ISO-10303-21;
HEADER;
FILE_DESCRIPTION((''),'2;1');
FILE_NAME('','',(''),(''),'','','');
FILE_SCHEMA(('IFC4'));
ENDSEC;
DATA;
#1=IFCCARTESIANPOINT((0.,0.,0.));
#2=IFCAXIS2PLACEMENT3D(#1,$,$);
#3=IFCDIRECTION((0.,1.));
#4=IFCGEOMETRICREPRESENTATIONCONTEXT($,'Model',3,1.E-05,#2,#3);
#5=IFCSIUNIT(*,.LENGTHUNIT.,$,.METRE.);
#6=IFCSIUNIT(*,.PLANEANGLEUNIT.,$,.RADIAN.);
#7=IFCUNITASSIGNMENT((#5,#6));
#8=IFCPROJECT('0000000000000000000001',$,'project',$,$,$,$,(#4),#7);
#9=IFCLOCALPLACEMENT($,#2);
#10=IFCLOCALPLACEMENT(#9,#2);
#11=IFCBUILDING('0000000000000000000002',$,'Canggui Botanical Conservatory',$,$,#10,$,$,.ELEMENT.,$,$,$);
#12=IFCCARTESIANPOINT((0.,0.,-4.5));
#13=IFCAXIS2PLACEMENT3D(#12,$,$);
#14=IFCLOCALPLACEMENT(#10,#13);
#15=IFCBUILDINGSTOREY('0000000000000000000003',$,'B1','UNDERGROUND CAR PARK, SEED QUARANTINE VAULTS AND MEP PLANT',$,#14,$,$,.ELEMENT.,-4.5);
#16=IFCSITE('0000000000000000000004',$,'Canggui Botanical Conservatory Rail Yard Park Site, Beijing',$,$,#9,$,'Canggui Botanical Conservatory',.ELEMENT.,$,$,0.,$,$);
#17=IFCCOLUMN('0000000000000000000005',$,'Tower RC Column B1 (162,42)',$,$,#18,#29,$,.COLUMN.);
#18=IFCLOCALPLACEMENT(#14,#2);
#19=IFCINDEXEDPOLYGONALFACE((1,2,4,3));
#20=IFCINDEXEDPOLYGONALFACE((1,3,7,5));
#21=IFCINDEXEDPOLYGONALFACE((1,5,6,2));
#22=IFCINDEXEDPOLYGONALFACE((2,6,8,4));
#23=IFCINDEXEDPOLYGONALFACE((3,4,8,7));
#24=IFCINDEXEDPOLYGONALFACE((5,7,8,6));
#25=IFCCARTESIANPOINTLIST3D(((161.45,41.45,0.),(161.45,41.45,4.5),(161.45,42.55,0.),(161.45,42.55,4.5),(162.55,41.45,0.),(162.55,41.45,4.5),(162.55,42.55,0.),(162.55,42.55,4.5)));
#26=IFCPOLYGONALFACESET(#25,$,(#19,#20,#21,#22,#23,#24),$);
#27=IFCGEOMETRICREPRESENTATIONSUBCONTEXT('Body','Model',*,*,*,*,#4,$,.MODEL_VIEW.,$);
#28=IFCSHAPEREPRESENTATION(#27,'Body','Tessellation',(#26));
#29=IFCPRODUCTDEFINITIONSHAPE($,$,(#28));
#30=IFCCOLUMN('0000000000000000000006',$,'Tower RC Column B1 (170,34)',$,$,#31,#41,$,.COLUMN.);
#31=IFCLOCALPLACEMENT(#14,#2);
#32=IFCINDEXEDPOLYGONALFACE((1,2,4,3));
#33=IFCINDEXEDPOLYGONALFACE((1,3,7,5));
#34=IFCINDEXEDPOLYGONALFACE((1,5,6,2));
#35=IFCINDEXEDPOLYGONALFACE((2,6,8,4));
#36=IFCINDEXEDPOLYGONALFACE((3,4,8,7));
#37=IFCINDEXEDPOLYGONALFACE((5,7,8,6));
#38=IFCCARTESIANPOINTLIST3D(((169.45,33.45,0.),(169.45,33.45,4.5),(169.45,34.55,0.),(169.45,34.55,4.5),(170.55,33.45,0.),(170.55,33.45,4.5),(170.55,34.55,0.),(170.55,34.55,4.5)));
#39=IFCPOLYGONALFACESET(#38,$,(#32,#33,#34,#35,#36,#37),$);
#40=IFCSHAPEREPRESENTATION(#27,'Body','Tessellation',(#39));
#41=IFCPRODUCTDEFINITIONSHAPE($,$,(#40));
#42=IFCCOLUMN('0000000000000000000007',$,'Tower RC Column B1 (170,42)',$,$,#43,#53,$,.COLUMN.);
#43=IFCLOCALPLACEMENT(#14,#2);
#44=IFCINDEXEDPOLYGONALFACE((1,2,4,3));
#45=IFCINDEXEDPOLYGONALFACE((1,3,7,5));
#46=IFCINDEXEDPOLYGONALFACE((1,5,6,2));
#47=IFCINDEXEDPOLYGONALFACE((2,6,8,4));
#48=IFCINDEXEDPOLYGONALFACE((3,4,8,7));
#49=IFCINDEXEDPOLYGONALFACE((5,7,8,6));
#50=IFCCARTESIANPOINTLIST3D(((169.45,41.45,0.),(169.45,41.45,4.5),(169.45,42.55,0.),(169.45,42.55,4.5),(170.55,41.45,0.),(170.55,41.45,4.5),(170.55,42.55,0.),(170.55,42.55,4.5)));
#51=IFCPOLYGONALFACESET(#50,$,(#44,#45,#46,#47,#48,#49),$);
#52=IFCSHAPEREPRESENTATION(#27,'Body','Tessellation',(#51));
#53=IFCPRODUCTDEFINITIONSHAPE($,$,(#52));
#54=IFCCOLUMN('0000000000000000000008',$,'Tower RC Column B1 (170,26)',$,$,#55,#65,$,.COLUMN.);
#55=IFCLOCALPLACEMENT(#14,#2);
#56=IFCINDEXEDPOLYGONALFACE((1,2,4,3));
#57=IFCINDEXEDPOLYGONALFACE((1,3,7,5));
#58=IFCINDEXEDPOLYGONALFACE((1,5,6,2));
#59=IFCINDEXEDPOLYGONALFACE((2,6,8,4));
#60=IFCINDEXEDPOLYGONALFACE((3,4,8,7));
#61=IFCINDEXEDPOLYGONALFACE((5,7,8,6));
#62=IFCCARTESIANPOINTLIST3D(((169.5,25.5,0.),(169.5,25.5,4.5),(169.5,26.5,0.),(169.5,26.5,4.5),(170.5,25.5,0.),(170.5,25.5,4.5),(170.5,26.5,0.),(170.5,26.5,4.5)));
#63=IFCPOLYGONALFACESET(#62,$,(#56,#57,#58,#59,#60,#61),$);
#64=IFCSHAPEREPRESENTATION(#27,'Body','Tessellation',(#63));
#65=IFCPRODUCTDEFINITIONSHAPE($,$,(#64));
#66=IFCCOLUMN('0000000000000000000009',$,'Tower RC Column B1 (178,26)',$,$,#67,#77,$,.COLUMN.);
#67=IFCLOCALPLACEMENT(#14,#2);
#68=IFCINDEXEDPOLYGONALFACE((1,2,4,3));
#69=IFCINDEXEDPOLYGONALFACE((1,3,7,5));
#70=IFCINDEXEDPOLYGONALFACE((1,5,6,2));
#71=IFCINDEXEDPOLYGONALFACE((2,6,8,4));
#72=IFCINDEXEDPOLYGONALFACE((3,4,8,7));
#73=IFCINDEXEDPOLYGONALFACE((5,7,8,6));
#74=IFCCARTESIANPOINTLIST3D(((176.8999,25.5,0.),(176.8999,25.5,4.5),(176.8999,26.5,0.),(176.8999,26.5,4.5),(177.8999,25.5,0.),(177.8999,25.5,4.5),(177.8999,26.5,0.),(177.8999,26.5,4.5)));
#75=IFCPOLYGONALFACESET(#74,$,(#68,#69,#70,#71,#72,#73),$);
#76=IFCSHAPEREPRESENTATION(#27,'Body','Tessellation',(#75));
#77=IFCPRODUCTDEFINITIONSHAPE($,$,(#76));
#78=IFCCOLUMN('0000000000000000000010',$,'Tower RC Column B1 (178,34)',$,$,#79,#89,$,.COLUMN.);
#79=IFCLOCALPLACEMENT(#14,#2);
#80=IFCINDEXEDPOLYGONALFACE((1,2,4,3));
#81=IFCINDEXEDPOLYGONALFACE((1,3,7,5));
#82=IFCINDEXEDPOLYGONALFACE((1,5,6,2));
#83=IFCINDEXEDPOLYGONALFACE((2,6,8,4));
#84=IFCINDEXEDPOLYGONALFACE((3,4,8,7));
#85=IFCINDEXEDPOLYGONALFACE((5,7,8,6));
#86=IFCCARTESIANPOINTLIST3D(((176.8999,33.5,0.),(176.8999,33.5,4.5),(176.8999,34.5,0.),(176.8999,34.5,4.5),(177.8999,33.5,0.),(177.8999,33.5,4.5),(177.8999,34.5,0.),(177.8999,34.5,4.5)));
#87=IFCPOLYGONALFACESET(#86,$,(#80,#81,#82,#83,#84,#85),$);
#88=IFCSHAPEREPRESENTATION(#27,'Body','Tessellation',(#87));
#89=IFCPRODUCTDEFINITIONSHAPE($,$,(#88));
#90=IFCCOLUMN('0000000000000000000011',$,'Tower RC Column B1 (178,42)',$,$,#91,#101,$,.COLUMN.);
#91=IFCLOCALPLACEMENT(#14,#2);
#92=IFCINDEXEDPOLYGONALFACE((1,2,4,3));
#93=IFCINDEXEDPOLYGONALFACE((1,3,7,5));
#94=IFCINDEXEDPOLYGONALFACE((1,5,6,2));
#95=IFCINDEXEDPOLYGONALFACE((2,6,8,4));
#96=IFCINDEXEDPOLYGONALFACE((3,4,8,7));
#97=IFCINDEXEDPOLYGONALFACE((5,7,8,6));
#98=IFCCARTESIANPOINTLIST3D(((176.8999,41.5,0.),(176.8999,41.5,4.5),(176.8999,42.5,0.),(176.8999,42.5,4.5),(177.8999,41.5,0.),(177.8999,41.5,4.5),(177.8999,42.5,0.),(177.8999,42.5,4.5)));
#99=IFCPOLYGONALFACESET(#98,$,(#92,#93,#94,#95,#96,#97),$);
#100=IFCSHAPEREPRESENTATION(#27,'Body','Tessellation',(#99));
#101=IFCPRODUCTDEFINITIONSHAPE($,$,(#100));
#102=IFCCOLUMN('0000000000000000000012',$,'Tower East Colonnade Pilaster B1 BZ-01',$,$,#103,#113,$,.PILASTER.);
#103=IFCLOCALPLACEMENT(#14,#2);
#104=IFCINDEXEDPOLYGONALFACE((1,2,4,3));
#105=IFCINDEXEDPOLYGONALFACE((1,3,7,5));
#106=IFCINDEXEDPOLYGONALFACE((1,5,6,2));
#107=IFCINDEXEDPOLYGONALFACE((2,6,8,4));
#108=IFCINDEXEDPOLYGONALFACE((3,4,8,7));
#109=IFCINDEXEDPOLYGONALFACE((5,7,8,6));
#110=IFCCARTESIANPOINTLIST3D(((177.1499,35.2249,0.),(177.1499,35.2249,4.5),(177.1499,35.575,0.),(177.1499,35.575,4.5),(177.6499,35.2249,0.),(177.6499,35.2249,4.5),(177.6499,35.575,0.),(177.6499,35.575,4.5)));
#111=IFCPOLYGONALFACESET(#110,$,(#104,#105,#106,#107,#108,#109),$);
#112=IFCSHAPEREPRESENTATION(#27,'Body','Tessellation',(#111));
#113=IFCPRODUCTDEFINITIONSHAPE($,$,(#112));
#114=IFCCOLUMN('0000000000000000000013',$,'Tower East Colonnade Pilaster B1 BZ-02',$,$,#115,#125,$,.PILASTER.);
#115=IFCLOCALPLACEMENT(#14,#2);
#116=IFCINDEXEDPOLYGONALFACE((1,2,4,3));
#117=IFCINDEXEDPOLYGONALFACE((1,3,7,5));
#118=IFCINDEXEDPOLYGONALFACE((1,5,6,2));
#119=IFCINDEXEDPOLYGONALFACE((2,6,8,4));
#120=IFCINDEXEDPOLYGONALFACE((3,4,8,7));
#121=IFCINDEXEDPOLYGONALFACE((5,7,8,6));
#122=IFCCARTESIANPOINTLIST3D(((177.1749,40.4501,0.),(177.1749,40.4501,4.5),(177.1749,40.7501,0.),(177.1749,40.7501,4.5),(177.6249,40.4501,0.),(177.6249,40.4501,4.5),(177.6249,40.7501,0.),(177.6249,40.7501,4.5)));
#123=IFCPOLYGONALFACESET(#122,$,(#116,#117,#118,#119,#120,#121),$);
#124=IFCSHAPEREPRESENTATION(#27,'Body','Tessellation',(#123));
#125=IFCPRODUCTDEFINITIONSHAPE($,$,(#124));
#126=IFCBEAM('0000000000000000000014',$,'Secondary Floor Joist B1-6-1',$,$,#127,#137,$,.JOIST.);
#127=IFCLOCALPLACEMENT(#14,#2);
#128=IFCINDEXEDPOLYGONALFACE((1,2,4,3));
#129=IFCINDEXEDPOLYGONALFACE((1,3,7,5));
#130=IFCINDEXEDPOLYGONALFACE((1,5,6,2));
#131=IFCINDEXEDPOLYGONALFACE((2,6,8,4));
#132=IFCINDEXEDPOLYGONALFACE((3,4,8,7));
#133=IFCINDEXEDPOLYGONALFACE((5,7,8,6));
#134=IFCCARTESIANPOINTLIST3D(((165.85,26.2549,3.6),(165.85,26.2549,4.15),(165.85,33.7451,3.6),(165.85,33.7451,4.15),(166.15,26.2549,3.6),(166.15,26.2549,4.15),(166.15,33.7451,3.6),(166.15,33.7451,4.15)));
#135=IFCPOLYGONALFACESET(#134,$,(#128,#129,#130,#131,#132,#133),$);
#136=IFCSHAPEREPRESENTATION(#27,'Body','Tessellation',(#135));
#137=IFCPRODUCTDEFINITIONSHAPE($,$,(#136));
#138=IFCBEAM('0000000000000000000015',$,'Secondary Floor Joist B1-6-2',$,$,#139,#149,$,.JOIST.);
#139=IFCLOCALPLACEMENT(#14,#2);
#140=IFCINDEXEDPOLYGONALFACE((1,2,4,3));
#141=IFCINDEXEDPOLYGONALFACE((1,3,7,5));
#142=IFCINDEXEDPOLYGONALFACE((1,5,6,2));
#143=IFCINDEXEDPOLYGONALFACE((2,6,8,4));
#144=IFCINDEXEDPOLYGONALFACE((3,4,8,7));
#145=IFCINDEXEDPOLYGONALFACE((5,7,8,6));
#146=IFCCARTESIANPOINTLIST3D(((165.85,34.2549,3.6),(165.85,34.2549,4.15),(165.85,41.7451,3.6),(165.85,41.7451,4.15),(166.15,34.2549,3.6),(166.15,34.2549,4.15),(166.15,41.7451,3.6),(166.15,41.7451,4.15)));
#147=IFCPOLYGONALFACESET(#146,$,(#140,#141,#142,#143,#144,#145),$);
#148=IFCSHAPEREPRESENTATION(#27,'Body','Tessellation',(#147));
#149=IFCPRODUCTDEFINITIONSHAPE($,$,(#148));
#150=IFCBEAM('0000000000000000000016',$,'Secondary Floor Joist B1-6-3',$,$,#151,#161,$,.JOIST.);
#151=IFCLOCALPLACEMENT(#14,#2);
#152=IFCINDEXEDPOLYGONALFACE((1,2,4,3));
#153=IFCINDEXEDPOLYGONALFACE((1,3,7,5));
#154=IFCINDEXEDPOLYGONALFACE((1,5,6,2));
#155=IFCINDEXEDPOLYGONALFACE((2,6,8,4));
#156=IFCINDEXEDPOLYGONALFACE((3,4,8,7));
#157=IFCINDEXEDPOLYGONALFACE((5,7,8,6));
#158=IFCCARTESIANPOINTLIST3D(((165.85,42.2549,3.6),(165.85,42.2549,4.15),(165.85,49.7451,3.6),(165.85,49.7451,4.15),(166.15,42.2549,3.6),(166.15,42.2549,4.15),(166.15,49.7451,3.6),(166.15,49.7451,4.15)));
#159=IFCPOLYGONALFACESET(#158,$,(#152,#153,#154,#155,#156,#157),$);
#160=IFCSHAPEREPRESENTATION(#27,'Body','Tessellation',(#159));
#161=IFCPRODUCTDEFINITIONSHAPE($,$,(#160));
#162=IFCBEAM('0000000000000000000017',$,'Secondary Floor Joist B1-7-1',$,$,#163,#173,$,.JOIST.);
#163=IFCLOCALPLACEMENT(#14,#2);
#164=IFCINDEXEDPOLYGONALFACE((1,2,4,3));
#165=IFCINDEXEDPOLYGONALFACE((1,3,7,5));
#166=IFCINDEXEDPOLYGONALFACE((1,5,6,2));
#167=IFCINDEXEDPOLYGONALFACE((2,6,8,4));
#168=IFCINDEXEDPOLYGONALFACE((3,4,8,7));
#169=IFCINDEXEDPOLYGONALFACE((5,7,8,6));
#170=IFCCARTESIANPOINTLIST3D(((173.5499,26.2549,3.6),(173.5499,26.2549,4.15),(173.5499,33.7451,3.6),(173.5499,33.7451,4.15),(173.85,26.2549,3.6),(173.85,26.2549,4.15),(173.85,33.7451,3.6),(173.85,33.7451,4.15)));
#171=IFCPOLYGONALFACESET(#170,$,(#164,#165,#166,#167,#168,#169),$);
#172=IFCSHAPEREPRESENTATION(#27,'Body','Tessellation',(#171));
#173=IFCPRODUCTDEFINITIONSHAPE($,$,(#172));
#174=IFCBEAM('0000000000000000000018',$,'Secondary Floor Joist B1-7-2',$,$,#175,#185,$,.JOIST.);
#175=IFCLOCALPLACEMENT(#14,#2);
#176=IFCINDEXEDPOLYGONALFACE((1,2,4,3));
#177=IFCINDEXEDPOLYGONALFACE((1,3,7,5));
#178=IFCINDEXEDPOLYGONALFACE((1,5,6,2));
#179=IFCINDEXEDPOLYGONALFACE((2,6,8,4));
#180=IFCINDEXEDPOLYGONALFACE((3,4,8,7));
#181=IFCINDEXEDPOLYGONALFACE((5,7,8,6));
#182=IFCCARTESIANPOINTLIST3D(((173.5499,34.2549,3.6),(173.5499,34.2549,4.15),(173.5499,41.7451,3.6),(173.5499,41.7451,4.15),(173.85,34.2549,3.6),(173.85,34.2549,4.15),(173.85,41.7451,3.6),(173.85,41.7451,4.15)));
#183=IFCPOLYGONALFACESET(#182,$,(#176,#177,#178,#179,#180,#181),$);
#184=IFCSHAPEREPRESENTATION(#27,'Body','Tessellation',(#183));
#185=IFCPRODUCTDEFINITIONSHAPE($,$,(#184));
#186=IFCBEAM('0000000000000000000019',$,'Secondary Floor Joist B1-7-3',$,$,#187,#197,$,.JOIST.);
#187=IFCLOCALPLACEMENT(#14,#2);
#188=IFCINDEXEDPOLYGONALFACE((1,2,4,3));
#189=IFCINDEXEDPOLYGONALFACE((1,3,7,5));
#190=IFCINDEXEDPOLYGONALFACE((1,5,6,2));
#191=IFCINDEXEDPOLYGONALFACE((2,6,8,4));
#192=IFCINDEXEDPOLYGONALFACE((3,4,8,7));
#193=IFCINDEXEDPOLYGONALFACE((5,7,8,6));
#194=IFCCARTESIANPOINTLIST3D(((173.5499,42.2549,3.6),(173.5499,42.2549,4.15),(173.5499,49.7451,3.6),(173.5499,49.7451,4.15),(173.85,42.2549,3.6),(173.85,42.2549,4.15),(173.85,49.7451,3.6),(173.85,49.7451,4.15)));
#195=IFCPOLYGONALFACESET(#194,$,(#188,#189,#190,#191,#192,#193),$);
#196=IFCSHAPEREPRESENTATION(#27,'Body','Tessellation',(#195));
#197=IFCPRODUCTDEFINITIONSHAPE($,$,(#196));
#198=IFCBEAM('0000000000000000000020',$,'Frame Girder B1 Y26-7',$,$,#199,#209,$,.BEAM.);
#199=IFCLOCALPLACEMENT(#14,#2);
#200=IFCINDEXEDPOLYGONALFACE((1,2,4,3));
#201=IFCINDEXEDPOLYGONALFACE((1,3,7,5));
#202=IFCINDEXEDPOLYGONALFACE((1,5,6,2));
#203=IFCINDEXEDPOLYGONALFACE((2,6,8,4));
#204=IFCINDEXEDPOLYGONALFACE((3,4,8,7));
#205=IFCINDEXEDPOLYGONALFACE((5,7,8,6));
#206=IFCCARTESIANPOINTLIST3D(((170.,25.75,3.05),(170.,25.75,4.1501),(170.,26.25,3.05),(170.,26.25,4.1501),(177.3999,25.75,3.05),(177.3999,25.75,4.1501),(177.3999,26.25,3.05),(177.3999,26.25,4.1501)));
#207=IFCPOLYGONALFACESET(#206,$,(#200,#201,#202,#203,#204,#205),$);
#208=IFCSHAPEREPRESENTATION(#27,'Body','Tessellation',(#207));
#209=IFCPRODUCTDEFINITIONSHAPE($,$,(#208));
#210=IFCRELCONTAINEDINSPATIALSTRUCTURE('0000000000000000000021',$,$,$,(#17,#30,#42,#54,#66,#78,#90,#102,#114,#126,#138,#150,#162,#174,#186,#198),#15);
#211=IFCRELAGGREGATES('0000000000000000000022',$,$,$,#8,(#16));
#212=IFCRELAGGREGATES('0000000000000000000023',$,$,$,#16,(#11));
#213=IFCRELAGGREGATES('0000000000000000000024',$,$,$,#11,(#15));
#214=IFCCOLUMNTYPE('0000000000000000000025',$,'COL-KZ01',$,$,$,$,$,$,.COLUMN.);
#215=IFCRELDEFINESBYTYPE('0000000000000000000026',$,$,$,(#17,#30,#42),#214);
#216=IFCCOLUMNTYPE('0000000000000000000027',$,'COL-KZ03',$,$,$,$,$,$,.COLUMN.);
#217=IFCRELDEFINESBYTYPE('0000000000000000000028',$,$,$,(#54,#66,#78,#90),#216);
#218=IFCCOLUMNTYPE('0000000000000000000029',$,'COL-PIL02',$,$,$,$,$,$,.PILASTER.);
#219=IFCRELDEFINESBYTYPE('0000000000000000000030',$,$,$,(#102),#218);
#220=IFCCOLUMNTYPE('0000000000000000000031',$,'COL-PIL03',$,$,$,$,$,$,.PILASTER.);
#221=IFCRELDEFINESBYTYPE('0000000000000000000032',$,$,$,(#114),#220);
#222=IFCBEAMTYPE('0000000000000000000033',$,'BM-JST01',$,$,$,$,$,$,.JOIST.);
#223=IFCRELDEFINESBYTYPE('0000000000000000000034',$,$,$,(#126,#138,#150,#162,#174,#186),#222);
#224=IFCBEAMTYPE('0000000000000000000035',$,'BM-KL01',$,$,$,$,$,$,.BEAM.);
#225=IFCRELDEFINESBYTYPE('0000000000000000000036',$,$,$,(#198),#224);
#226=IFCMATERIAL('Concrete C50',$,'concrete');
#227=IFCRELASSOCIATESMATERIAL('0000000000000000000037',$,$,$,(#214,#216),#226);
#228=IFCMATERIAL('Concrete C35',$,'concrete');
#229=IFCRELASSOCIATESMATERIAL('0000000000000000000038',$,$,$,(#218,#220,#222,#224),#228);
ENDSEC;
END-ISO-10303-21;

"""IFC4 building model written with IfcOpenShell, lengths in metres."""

from ifc_helpers import new_model, si_unit, direction, frame, origin, origin_2d, place, context, subcontext, project, spatial, rectangle, extrude, material, material_profile, profile_set, type_object, element, save


model = new_model("IFC4")

# Units and contexts
model_context = context("Model", 3, precision=1e-05, world=origin(), true_north=direction((0.0, 1.0)))
body_context = subcontext(model_context, "Body", "Model", "MODEL_VIEW")
ifc_project = project(units=[si_unit("LENGTHUNIT", "METRE"), si_unit("PLANEANGLEUNIT", "RADIAN")], contexts=[model_context])

# Site, building, storey
site_placement = place(None, origin())
site = spatial("IfcSite", under=ifc_project, at=site_placement, Name="Canggui Botanical Conservatory Rail Yard Park Site, Beijing", LongName="Canggui Botanical Conservatory", CompositionType="ELEMENT", RefElevation=0.0)
building_placement = place(site_placement, origin())
building = spatial("IfcBuilding", under=site, at=building_placement, Name="Canggui Botanical Conservatory", CompositionType="ELEMENT")
storey_placement = place(building_placement, frame((0.0, 0.0, -4.5)))
storey = spatial("IfcBuildingStorey", under=building, at=storey_placement, Name="B1", Description="UNDERGROUND CAR PARK, SEED QUARANTINE VAULTS AND MEP PLANT", CompositionType="ELEMENT", Elevation=-4.5)

# Columns
ifc_material_1 = material(Name="Concrete C50", Category="concrete")
ifc_material_profile_1 = material_profile(ifc_material_1, rectangle(XDim=1.1001, YDim=1.1001, at=origin_2d()), Name="RC 1100x1100")
ifc_profile_set_1 = profile_set([ifc_material_profile_1], Name="Concrete C50")
column_type_1 = type_object("IfcColumnType", Name="COL-KZ01", PredefinedType="COLUMN", material=ifc_profile_set_1)
for number, where, z_axis, x_axis, name in (
    (1, (162.0, 42.0, 0.0), (0.0, 0.0, 1.0), (1.0, 0.0, 0.0), "Tower RC Column B1 (162,42)"),
    (2, (170.0, 34.0, 0.0), (0.0, 0.0, 1.0), (1.0, 0.0, 0.0), "Tower RC Column B1 (170,34)"),
    (3, (170.0, 42.0, 0.0), (0.0, 0.0, 1.0), (1.0, 0.0, 0.0), "Tower RC Column B1 (170,42)"),
):
    element("IfcColumn", number, at=place(storey_placement, frame(where, z_axis=z_axis, x_axis=x_axis)), inside=storey, type_object=column_type_1, Name=name, PredefinedType="COLUMN", context=body_context, shape_type="SweptSolid", body=[
        extrude(rectangle(XDim=1.1001, YDim=1.1001, at=origin_2d()), origin(), (0.0, 0.0, 1.0), 4.5),
    ])
ifc_material_profile_2 = material_profile(ifc_material_1, rectangle(XDim=1.0, YDim=1.0, at=origin_2d()), Name="RC 1000x1000")
ifc_profile_set_2 = profile_set([ifc_material_profile_2], Name="Concrete C50")
column_type_2 = type_object("IfcColumnType", Name="COL-KZ03", PredefinedType="COLUMN", material=ifc_profile_set_2)
for number, where, z_axis, x_axis, name in (
    (4, (170.0, 26.0, 0.0), (0.0, 0.0, 1.0), (1.0, 0.0, 0.0), "Tower RC Column B1 (170,26)"),
    (5, (177.3999, 26.0, 0.0), (0.0, 0.0, 1.0), (1.0, 0.0, 0.0), "Tower RC Column B1 (178,26)"),
    (6, (177.3999, 34.0, 0.0), (0.0, 0.0, 1.0), (1.0, 0.0, 0.0), "Tower RC Column B1 (178,34)"),
    (7, (177.3999, 42.0, 0.0), (0.0, 0.0, 1.0), (1.0, 0.0, 0.0), "Tower RC Column B1 (178,42)"),
):
    element("IfcColumn", number, at=place(storey_placement, frame(where, z_axis=z_axis, x_axis=x_axis)), inside=storey, type_object=column_type_2, Name=name, PredefinedType="COLUMN", context=body_context, shape_type="SweptSolid", body=[
        extrude(rectangle(XDim=1.0, YDim=1.0, at=origin_2d()), origin(), (0.0, 0.0, 1.0), 4.5),
    ])
ifc_material_2 = material(Name="Concrete C35", Category="concrete")
ifc_material_profile_3 = material_profile(ifc_material_2, rectangle(XDim=0.3501, YDim=0.5, at=origin_2d()), Name="RC 350x500")
ifc_profile_set_3 = profile_set([ifc_material_profile_3], Name="Concrete C35")
column_type_3 = type_object("IfcColumnType", Name="COL-PIL02", PredefinedType="PILASTER", material=ifc_profile_set_3)
column_1_placement = place(storey_placement, frame((177.3999, 35.3999, 0.0), z_axis=(0.0, 0.0, 1.0), x_axis=(0.0, 1.0, 0.0)))
element("IfcColumn", 8, at=column_1_placement, inside=storey, type_object=column_type_3, Name="Tower East Colonnade Pilaster B1 BZ-01", PredefinedType="PILASTER", context=body_context, shape_type="SweptSolid", body=[
    extrude(rectangle(XDim=0.3501, YDim=0.5, at=origin_2d()), origin(), (0.0, 0.0, 1.0), 4.5),
])
ifc_material_profile_4 = material_profile(ifc_material_2, rectangle(XDim=0.3, YDim=0.45, at=origin_2d()), Name="RC 300x450")
ifc_profile_set_4 = profile_set([ifc_material_profile_4], Name="Concrete C35")
column_type_4 = type_object("IfcColumnType", Name="COL-PIL03", PredefinedType="PILASTER", material=ifc_profile_set_4)
column_2_placement = place(storey_placement, frame((177.3999, 40.6001, 0.0), z_axis=(0.0, 0.0, 1.0), x_axis=(0.0, 1.0, 0.0)))
element("IfcColumn", 9, at=column_2_placement, inside=storey, type_object=column_type_4, Name="Tower East Colonnade Pilaster B1 BZ-02", PredefinedType="PILASTER", context=body_context, shape_type="SweptSolid", body=[
    extrude(rectangle(XDim=0.3, YDim=0.45, at=origin_2d()), origin(), (0.0, 0.0, 1.0), 4.5),
])

# Beams
ifc_material_profile_5 = material_profile(ifc_material_2, rectangle(XDim=0.3, YDim=0.55, at=origin_2d()), Name="RB 300x550")
ifc_profile_set_5 = profile_set([ifc_material_profile_5], Name="Concrete C35")
beam_type_1 = type_object("IfcBeamType", Name="BM-JST01", PredefinedType="JOIST", material=ifc_profile_set_5)
for number, where, z_axis, x_axis, name in (
    (10, (166.0, 26.2549, 3.875), (0.0, 1.0, 0.0), (-1.0, 0.0, 0.0), "Secondary Floor Joist B1-6-1"),
    (11, (166.0, 34.2549, 3.875), (0.0, 1.0, 0.0), (-1.0, 0.0, 0.0), "Secondary Floor Joist B1-6-2"),
    (12, (166.0, 42.2549, 3.875), (0.0, 1.0, 0.0), (-1.0, 0.0, 0.0), "Secondary Floor Joist B1-6-3"),
    (13, (173.7, 26.2549, 3.875), (0.0, 1.0, 0.0), (-1.0, 0.0, 0.0), "Secondary Floor Joist B1-7-1"),
    (14, (173.7, 34.2549, 3.875), (0.0, 1.0, 0.0), (-1.0, 0.0, 0.0), "Secondary Floor Joist B1-7-2"),
    (15, (173.7, 42.2549, 3.875), (0.0, 1.0, 0.0), (-1.0, 0.0, 0.0), "Secondary Floor Joist B1-7-3"),
):
    element("IfcBeam", number, at=place(storey_placement, frame(where, z_axis=z_axis, x_axis=x_axis)), inside=storey, type_object=beam_type_1, Name=name, PredefinedType="JOIST", context=body_context, shape_type="SweptSolid", body=[
        extrude(rectangle(XDim=0.3, YDim=0.55, at=origin_2d()), origin(), (0.0, 0.0, 1.0), 7.4902),
    ])
ifc_material_profile_6 = material_profile(ifc_material_2, rectangle(XDim=0.5, YDim=1.1001, at=origin_2d()), Name="RB 500x1100")
ifc_profile_set_6 = profile_set([ifc_material_profile_6], Name="Concrete C35")
beam_type_2 = type_object("IfcBeamType", Name="BM-KL01", PredefinedType="BEAM", material=ifc_profile_set_6)
for number, where, z_axis, x_axis, name in (
    (16, (170.0, 26.0, 3.6001), (1.0, 0.0, 0.0), (0.0, 1.0, 0.0), "Frame Girder B1 Y26-7"),
):
    element("IfcBeam", number, at=place(storey_placement, frame(where, z_axis=z_axis, x_axis=x_axis)), inside=storey, type_object=beam_type_2, Name=name, PredefinedType="BEAM", context=body_context, shape_type="SweptSolid", body=[
        extrude(rectangle(XDim=0.5, YDim=1.1001, at=origin_2d()), origin(), (0.0, 0.0, 1.0), 7.3999),
    ])

save(model, "model.ifc")
